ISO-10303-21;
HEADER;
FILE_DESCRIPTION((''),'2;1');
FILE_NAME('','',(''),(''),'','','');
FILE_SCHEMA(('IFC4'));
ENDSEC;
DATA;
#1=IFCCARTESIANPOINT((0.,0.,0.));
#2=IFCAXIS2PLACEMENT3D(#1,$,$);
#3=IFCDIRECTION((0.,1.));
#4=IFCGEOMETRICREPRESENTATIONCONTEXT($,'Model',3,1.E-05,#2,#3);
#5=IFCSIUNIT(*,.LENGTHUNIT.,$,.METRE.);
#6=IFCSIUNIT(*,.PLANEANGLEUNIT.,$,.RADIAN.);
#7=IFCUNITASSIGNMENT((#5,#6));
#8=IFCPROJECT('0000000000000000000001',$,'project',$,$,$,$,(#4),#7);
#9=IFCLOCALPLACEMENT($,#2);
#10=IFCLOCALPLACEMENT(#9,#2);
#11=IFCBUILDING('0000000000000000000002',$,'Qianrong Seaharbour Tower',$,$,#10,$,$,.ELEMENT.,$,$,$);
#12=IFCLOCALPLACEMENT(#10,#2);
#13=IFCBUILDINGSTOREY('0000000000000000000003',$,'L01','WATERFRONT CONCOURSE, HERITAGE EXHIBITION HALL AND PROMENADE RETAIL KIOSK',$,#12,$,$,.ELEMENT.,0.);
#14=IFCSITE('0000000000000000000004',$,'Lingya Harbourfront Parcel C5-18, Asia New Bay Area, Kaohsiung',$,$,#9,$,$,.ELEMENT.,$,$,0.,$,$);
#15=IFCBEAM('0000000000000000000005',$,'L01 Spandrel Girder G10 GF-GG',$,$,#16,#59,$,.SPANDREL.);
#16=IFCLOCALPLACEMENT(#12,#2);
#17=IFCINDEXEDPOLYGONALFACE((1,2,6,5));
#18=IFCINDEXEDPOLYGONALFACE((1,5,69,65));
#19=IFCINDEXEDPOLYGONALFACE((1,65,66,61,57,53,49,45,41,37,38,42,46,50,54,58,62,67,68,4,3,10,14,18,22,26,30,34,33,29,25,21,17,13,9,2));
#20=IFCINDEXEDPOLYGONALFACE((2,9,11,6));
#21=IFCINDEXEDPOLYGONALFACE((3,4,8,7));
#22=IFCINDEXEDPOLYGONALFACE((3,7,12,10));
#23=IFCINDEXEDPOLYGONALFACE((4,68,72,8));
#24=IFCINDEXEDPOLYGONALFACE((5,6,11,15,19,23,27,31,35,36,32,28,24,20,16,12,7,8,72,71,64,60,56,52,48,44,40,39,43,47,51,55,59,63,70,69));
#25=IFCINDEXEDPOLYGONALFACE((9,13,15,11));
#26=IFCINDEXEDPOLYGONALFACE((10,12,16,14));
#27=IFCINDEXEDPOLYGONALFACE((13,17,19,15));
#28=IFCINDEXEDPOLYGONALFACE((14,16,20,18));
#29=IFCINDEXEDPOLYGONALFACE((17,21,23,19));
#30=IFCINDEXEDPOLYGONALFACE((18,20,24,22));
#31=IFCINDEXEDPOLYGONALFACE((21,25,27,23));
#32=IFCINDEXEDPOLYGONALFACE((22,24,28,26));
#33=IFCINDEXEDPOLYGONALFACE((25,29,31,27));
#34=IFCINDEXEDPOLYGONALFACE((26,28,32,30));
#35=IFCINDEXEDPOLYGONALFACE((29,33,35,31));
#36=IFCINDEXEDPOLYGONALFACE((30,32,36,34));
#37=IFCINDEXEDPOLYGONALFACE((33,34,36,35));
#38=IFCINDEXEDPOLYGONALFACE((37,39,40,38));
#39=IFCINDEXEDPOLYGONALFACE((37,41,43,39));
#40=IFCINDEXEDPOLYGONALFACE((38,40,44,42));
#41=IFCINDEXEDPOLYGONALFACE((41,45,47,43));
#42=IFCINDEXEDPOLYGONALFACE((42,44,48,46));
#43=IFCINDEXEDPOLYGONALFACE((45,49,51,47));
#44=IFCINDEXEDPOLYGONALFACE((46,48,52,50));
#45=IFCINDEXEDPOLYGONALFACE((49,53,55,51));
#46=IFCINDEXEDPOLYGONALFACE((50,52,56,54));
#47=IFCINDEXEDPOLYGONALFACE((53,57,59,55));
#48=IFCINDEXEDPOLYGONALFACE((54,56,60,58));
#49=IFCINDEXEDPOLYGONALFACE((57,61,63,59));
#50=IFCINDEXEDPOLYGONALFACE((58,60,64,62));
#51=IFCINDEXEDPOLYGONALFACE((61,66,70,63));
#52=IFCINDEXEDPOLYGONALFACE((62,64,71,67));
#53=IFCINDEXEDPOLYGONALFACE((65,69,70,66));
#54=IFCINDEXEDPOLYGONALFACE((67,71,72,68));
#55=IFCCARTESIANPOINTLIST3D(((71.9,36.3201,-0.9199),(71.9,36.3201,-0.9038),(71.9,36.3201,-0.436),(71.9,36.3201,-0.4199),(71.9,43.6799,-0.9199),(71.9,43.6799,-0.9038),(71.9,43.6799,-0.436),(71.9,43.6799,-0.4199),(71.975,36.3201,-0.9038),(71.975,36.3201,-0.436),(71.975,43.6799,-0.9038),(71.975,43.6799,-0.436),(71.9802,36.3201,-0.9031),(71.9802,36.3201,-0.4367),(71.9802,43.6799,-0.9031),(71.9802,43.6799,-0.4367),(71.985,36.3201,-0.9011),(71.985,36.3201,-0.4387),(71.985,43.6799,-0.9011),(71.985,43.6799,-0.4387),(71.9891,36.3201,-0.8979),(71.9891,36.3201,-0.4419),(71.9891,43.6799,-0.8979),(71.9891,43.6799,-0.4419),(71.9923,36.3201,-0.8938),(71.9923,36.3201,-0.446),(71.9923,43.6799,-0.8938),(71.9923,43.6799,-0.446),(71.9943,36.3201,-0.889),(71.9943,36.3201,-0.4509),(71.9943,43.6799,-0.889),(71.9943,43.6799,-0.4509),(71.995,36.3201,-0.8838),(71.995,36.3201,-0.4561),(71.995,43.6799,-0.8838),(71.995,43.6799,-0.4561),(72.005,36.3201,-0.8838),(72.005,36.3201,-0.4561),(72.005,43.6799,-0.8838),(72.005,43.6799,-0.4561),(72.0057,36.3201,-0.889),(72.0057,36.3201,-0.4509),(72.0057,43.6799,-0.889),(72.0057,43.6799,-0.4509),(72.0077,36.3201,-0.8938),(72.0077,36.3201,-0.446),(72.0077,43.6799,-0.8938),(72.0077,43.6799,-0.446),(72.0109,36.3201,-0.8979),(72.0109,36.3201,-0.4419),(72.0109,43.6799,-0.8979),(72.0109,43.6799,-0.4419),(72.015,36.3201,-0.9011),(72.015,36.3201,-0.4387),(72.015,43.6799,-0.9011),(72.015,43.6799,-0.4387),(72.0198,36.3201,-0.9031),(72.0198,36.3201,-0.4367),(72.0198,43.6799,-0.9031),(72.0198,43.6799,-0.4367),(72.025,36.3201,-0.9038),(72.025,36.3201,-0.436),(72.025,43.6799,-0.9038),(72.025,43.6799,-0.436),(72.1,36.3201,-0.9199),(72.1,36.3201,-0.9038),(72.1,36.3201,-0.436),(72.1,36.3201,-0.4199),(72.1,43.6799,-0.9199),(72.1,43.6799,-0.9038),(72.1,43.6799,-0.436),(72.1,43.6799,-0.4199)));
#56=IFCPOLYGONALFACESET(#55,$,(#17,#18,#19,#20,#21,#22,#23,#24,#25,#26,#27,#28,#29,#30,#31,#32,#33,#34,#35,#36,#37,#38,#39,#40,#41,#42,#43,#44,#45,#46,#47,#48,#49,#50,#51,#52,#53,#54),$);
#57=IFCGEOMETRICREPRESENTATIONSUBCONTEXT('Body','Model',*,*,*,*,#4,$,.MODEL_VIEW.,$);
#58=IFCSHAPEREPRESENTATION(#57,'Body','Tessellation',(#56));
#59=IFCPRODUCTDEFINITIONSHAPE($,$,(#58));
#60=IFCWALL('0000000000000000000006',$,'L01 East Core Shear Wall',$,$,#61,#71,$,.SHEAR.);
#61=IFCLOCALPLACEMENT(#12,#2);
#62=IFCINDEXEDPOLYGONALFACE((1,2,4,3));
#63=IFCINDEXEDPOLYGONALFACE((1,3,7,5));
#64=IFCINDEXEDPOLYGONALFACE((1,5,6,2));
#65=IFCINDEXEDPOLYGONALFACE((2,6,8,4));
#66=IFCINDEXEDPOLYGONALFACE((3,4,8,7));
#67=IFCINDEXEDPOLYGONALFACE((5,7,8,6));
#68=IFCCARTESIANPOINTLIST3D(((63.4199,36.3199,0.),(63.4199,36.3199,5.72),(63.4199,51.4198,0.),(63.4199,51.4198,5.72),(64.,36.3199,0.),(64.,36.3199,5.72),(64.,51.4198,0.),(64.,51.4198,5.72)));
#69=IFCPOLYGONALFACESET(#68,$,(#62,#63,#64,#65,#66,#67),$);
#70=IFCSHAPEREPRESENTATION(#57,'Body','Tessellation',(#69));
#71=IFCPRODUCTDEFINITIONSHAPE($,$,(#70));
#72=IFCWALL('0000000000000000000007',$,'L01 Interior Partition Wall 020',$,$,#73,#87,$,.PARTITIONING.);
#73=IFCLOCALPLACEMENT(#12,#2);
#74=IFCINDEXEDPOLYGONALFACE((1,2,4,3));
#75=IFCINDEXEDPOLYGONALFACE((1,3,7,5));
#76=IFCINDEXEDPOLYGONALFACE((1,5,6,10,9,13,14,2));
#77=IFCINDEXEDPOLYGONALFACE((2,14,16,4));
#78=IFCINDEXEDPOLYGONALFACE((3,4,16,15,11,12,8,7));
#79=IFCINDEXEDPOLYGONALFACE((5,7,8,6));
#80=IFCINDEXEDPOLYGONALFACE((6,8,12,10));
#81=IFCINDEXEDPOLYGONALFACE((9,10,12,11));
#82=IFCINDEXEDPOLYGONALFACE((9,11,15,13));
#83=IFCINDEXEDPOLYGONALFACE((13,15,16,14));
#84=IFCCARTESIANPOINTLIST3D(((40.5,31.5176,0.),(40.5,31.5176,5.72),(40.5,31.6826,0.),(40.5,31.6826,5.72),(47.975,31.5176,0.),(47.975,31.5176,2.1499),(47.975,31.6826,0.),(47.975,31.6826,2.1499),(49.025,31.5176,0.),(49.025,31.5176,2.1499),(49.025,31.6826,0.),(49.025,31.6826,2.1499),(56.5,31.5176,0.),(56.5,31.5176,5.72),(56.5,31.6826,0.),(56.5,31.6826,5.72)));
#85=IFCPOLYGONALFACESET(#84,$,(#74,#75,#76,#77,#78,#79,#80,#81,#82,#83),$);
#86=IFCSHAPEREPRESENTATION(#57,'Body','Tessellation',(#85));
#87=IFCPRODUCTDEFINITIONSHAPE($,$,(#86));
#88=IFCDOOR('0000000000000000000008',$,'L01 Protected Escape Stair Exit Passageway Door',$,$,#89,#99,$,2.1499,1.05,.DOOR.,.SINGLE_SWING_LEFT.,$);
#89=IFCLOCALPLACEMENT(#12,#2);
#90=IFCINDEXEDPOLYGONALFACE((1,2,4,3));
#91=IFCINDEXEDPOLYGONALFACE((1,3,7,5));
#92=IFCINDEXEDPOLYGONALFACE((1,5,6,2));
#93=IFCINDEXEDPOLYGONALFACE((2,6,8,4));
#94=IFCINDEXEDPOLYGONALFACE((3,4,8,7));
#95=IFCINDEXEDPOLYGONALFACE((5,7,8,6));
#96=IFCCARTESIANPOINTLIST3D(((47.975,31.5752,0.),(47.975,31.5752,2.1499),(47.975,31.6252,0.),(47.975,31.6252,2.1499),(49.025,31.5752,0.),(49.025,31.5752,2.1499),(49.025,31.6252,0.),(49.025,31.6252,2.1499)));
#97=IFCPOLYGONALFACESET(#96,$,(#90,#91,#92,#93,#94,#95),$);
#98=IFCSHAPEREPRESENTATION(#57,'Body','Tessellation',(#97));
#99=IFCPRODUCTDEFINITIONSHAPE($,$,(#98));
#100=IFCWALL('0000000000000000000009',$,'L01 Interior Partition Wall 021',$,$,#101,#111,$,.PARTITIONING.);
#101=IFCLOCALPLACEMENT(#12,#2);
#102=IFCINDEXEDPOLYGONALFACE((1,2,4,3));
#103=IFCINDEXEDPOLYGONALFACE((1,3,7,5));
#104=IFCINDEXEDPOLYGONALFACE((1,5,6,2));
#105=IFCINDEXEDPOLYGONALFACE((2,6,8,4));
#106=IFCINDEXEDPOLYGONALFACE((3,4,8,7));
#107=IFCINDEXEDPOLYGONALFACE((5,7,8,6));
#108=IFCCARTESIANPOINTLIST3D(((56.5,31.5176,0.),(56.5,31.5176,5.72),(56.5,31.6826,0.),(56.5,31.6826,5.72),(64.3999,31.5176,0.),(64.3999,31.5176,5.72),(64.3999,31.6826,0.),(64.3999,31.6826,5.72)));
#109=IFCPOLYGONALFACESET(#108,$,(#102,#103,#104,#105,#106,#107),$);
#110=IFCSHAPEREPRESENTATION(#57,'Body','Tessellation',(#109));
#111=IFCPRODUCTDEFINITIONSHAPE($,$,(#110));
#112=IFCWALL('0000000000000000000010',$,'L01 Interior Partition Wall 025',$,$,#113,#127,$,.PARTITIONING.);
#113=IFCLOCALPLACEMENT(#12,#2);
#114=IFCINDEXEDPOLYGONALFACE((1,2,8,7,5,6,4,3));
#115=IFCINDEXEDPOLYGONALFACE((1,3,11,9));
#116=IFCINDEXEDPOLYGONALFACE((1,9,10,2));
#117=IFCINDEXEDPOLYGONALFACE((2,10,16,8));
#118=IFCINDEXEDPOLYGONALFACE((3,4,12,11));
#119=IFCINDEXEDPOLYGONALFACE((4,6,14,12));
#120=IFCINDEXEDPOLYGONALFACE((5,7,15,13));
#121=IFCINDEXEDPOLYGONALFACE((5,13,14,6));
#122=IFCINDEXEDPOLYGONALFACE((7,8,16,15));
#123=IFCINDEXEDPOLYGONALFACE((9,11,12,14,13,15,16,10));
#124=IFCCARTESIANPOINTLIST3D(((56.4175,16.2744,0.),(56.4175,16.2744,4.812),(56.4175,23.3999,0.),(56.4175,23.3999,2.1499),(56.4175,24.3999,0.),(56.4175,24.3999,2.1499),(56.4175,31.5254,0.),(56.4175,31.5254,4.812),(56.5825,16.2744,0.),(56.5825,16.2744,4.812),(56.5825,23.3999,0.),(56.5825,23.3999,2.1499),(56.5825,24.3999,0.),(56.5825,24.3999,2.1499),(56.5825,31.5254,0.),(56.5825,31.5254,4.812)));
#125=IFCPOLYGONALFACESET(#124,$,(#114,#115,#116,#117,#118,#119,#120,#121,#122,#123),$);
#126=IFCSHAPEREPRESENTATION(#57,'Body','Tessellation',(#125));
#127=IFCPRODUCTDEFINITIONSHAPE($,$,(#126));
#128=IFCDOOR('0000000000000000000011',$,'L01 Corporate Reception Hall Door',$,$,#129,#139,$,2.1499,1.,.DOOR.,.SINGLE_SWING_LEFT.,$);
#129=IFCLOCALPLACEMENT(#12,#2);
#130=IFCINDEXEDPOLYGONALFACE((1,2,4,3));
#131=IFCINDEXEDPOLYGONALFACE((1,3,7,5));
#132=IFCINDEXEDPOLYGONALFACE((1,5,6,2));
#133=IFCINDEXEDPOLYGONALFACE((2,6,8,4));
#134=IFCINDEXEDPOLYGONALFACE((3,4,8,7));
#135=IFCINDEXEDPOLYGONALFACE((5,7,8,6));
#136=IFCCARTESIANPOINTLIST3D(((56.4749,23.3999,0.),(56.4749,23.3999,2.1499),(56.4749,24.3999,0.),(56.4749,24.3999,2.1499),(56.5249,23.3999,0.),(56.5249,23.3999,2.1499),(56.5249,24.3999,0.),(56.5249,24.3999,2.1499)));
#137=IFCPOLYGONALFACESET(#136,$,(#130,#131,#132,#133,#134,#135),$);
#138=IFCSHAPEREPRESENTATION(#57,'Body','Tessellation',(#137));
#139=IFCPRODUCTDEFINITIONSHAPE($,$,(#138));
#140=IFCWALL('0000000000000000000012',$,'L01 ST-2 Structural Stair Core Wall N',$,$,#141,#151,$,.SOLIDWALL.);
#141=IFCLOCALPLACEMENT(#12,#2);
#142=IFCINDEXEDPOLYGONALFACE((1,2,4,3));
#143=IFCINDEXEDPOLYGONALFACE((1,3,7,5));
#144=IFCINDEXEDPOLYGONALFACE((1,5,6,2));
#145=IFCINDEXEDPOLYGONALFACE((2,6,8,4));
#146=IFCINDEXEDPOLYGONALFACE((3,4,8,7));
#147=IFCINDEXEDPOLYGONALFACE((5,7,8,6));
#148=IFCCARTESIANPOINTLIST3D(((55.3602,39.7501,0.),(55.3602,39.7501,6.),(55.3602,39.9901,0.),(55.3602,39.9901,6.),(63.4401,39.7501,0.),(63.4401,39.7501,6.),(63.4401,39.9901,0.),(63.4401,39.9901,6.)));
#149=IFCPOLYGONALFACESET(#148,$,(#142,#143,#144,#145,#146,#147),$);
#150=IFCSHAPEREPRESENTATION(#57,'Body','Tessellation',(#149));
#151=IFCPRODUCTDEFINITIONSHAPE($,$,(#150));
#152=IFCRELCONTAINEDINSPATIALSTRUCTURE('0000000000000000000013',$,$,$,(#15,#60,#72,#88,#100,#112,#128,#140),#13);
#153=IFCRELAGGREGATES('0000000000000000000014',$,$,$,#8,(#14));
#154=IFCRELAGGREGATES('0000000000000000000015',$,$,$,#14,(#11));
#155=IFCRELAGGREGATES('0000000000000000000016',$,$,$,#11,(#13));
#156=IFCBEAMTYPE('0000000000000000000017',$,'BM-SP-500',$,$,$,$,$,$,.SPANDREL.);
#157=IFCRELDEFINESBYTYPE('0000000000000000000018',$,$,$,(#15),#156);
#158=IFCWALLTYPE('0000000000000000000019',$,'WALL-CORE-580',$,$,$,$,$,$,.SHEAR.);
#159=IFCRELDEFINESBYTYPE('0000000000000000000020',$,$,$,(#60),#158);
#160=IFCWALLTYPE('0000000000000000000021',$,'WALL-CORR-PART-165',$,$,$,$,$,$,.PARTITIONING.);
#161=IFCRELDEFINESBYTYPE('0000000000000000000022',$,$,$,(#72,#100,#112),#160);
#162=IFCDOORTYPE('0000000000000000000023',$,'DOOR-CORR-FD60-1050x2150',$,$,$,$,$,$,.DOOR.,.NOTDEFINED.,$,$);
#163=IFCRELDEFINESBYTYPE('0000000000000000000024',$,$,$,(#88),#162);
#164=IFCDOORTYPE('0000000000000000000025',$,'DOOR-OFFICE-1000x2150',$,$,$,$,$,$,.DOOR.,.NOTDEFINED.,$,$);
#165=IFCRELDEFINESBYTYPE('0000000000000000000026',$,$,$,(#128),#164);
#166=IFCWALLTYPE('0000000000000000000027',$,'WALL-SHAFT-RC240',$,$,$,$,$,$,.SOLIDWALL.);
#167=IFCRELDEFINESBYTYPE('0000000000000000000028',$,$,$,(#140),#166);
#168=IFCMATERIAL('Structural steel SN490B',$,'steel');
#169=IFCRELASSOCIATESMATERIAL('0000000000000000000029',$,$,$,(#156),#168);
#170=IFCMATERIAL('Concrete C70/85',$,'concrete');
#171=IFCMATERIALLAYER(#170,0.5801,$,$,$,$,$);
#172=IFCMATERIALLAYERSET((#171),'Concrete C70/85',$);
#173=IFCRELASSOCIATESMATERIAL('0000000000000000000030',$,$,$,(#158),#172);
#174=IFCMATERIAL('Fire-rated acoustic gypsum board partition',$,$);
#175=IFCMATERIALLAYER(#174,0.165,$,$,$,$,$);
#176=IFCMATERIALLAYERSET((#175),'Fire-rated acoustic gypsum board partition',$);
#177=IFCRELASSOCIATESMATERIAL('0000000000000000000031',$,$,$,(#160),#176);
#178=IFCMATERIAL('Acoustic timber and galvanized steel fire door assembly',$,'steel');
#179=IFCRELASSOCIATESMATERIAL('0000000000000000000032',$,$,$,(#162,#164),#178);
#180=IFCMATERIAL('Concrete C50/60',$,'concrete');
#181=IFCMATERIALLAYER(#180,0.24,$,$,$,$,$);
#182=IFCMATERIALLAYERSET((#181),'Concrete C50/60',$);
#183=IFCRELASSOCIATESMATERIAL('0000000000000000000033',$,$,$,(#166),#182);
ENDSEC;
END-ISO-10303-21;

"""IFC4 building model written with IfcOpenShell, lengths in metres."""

from ifc_helpers import new_model, si_unit, direction, frame, frame_2d, origin, origin_2d, place, context, subcontext, project, spatial, rectangle, i_section, extrude, material, layer, layer_set, material_profile, profile_set, type_object, element, fill, save


model = new_model("IFC4")

# Units and contexts
model_context = context("Model", 3, precision=1e-05, world=origin(), true_north=direction((0.0, 1.0)))
body_context = subcontext(model_context, "Body", "Model", "MODEL_VIEW")
ifc_project = project(units=[si_unit("LENGTHUNIT", "METRE"), si_unit("PLANEANGLEUNIT", "RADIAN")], contexts=[model_context])

# Site, building, storey
site_placement = place(None, origin())
site = spatial("IfcSite", under=ifc_project, at=site_placement, Name="Lingya Harbourfront Parcel C5-18, Asia New Bay Area, Kaohsiung", CompositionType="ELEMENT", RefElevation=0.0)
building_placement = place(site_placement, origin())
building = spatial("IfcBuilding", under=site, at=building_placement, Name="Qianrong Seaharbour Tower", CompositionType="ELEMENT")
storey_placement = place(building_placement, origin())
storey = spatial("IfcBuildingStorey", under=building, at=storey_placement, Name="L01", Description="WATERFRONT CONCOURSE, HERITAGE EXHIBITION HALL AND PROMENADE RETAIL KIOSK", CompositionType="ELEMENT", Elevation=0.0)

# Shared definitions
ifc_material_1 = material(Name="Structural steel SN490B", Category="steel")
ifc_material_2 = material(Name="Concrete C70/85", Category="concrete")

# Beam
ifc_material_profile_1 = material_profile(ifc_material_1, i_section(OverallWidth=0.2, OverallDepth=0.5, WebThickness=0.01, FlangeThickness=0.0161, FilletRadius=0.02, at=origin_2d()), Name="H500x200x10x16")
ifc_profile_set_1 = profile_set([ifc_material_profile_1], Name="Structural steel SN490B")
beam_type_1 = type_object("IfcBeamType", Name="BM-SP-500", PredefinedType="SPANDREL", material=ifc_profile_set_1)
for number, where, z_axis, x_axis, name in (
    (1, (72.0, 36.3201, -0.6699), (0.0, 1.0, 0.0), (-1.0, 0.0, 0.0), "L01 Spandrel Girder G10 GF-GG"),
):
    element("IfcBeam", number, at=place(storey_placement, frame(where, z_axis=z_axis, x_axis=x_axis)), inside=storey, type_object=beam_type_1, Name=name, PredefinedType="SPANDREL", context=body_context, shape_type="SweptSolid", body=[
        extrude(i_section(OverallWidth=0.2, OverallDepth=0.5, WebThickness=0.01, FlangeThickness=0.0161, FilletRadius=0.02, at=origin_2d()), origin(), (0.0, 0.0, 1.0), 7.3599),
    ])

# Wall
ifc_layer_1 = layer(ifc_material_2, 0.5801)
ifc_layer_set_1 = layer_set([ifc_layer_1], Name="Concrete C70/85")
wall_type_1 = type_object("IfcWallType", Name="WALL-CORE-580", PredefinedType="SHEAR", material=ifc_layer_set_1)
wall_1_placement = place(storey_placement, frame((63.71, 36.3201, 0.0), z_axis=(0.0, 0.0, 1.0), x_axis=(0.0, 1.0, 0.0)))
element("IfcWall", 2, at=wall_1_placement, inside=storey, type_object=wall_type_1, Name="L01 East Core Shear Wall", PredefinedType="SHEAR", context=body_context, shape_type="SweptSolid", body=[
    extrude(rectangle(XDim=15.0999, YDim=0.5801, at=frame_2d((7.5498, 0.0))), origin(), (0.0, 0.0, 1.0), 5.72),
])

# Wall, opening, door
ifc_material_3 = material(Name="Fire-rated acoustic gypsum board partition")
ifc_layer_2 = layer(ifc_material_3, 0.165)
ifc_layer_set_2 = layer_set([ifc_layer_2], Name="Fire-rated acoustic gypsum board partition")
wall_type_2 = type_object("IfcWallType", Name="WALL-CORR-PART-165", PredefinedType="PARTITIONING", material=ifc_layer_set_2)
wall_2_placement = place(storey_placement, frame((56.5, 31.6001, 0.0), z_axis=(0.0, 0.0, 1.0), x_axis=(-1.0, 0.0, 0.0)))
wall_2 = element("IfcWall", 3, at=wall_2_placement, inside=storey, type_object=wall_type_2, Name="L01 Interior Partition Wall 020", PredefinedType="PARTITIONING", context=body_context, shape_type="SweptSolid", body=[
    extrude(rectangle(XDim=16.0, YDim=0.165, at=frame_2d((8.0, 0.0))), origin(), (0.0, 0.0, 1.0), 5.72),
])
opening_1_placement = place(wall_2_placement, frame((7.4751, 0.0, 0.0)))
opening_1 = element("IfcOpeningElement", 4, at=opening_1_placement, cuts=wall_2, PredefinedType="OPENING", context=body_context, shape_type="SweptSolid", body=[
    extrude(rectangle(XDim=1.05, YDim=2.1499, at=frame_2d((0.5249, 1.075))), frame((0.0, 0.0925, 0.0), z_axis=(0.0, -1.0, 0.0), x_axis=(1.0, 0.0, 0.0)), (0.0, 0.0, 1.0), 0.1851),
])
ifc_material_4 = material(Name="Acoustic timber and galvanized steel fire door assembly", Category="steel")
door_type_1 = type_object("IfcDoorType", Name="DOOR-CORR-FD60-1050x2150", OperationType="NOTDEFINED", PredefinedType="DOOR", material=ifc_material_4)
door_1_placement = place(opening_1_placement, origin())
door_1 = element("IfcDoor", 5, at=door_1_placement, inside=storey, type_object=door_type_1, Name="L01 Protected Escape Stair Exit Passageway Door", OperationType="SINGLE_SWING_LEFT", OverallHeight=2.1499, OverallWidth=1.05, PredefinedType="DOOR", context=body_context, shape_type="SweptSolid", body=[
    extrude(rectangle(XDim=1.05, YDim=2.1499, at=frame_2d((0.5249, 1.075))), frame((0.0, 0.0249, 0.0), z_axis=(0.0, -1.0, 0.0), x_axis=(1.0, 0.0, 0.0)), (0.0, 0.0, 1.0), 0.05),
])
fill(opening_1, door_1)

# Wall
wall_3_placement = place(storey_placement, frame((64.3999, 31.6001, 0.0), z_axis=(0.0, 0.0, 1.0), x_axis=(-1.0, 0.0, 0.0)))
element("IfcWall", 6, at=wall_3_placement, inside=storey, type_object=wall_type_2, Name="L01 Interior Partition Wall 021", PredefinedType="PARTITIONING", context=body_context, shape_type="SweptSolid", body=[
    extrude(rectangle(XDim=7.8999, YDim=0.165, at=frame_2d((3.95, 0.0))), origin(), (0.0, 0.0, 1.0), 5.72),
])

# Wall, opening, door
wall_4_placement = place(storey_placement, frame((56.5, 31.5254, 0.0), z_axis=(0.0, 0.0, 1.0), x_axis=(0.0, -1.0, 0.0)))
wall_4 = element("IfcWall", 7, at=wall_4_placement, inside=storey, type_object=wall_type_2, Name="L01 Interior Partition Wall 025", PredefinedType="PARTITIONING", context=body_context, shape_type="SweptSolid", body=[
    extrude(rectangle(XDim=15.251, YDim=0.165, at=frame_2d((7.6255, 0.0))), origin(), (0.0, 0.0, 1.0), 4.812),
])
opening_2_placement = place(wall_4_placement, frame((7.1255, 0.0, 0.0)))
opening_2 = element("IfcOpeningElement", 8, at=opening_2_placement, cuts=wall_4, PredefinedType="OPENING", context=body_context, shape_type="SweptSolid", body=[
    extrude(rectangle(XDim=1.0, YDim=2.1499, at=frame_2d((0.5, 1.075))), frame((0.0, 0.0925, 0.0), z_axis=(0.0, -1.0, 0.0), x_axis=(1.0, 0.0, 0.0)), (0.0, 0.0, 1.0), 0.1851),
])
door_type_2 = type_object("IfcDoorType", Name="DOOR-OFFICE-1000x2150", OperationType="NOTDEFINED", PredefinedType="DOOR", material=ifc_material_4)
door_2_placement = place(opening_2_placement, origin())
door_2 = element("IfcDoor", 9, at=door_2_placement, inside=storey, type_object=door_type_2, Name="L01 Corporate Reception Hall Door", OperationType="SINGLE_SWING_LEFT", OverallHeight=2.1499, OverallWidth=1.0, PredefinedType="DOOR", context=body_context, shape_type="SweptSolid", body=[
    extrude(rectangle(XDim=1.0, YDim=2.1499, at=frame_2d((0.5, 1.075))), frame((0.0, 0.0249, 0.0), z_axis=(0.0, -1.0, 0.0), x_axis=(1.0, 0.0, 0.0)), (0.0, 0.0, 1.0), 0.05),
])
fill(opening_2, door_2)

# Wall
ifc_material_5 = material(Name="Concrete C50/60", Category="concrete")
ifc_layer_3 = layer(ifc_material_5, 0.24)
ifc_layer_set_3 = layer_set([ifc_layer_3], Name="Concrete C50/60")
wall_type_3 = type_object("IfcWallType", Name="WALL-SHAFT-RC240", PredefinedType="SOLIDWALL", material=ifc_layer_set_3)
wall_5_placement = place(storey_placement, frame((55.3601, 39.8701, 0.0), z_axis=(0.0, 0.0, 1.0), x_axis=(1.0, 0.0, 0.0)))
element("IfcWall", 10, at=wall_5_placement, inside=storey, type_object=wall_type_3, Name="L01 ST-2 Structural Stair Core Wall N", PredefinedType="SOLIDWALL", context=body_context, shape_type="SweptSolid", body=[
    extrude(rectangle(XDim=8.0798, YDim=0.24, at=frame_2d((4.04, 0.0))), origin(), (0.0, 0.0, 1.0), 6.0),
])

save(model, "model.ifc")
